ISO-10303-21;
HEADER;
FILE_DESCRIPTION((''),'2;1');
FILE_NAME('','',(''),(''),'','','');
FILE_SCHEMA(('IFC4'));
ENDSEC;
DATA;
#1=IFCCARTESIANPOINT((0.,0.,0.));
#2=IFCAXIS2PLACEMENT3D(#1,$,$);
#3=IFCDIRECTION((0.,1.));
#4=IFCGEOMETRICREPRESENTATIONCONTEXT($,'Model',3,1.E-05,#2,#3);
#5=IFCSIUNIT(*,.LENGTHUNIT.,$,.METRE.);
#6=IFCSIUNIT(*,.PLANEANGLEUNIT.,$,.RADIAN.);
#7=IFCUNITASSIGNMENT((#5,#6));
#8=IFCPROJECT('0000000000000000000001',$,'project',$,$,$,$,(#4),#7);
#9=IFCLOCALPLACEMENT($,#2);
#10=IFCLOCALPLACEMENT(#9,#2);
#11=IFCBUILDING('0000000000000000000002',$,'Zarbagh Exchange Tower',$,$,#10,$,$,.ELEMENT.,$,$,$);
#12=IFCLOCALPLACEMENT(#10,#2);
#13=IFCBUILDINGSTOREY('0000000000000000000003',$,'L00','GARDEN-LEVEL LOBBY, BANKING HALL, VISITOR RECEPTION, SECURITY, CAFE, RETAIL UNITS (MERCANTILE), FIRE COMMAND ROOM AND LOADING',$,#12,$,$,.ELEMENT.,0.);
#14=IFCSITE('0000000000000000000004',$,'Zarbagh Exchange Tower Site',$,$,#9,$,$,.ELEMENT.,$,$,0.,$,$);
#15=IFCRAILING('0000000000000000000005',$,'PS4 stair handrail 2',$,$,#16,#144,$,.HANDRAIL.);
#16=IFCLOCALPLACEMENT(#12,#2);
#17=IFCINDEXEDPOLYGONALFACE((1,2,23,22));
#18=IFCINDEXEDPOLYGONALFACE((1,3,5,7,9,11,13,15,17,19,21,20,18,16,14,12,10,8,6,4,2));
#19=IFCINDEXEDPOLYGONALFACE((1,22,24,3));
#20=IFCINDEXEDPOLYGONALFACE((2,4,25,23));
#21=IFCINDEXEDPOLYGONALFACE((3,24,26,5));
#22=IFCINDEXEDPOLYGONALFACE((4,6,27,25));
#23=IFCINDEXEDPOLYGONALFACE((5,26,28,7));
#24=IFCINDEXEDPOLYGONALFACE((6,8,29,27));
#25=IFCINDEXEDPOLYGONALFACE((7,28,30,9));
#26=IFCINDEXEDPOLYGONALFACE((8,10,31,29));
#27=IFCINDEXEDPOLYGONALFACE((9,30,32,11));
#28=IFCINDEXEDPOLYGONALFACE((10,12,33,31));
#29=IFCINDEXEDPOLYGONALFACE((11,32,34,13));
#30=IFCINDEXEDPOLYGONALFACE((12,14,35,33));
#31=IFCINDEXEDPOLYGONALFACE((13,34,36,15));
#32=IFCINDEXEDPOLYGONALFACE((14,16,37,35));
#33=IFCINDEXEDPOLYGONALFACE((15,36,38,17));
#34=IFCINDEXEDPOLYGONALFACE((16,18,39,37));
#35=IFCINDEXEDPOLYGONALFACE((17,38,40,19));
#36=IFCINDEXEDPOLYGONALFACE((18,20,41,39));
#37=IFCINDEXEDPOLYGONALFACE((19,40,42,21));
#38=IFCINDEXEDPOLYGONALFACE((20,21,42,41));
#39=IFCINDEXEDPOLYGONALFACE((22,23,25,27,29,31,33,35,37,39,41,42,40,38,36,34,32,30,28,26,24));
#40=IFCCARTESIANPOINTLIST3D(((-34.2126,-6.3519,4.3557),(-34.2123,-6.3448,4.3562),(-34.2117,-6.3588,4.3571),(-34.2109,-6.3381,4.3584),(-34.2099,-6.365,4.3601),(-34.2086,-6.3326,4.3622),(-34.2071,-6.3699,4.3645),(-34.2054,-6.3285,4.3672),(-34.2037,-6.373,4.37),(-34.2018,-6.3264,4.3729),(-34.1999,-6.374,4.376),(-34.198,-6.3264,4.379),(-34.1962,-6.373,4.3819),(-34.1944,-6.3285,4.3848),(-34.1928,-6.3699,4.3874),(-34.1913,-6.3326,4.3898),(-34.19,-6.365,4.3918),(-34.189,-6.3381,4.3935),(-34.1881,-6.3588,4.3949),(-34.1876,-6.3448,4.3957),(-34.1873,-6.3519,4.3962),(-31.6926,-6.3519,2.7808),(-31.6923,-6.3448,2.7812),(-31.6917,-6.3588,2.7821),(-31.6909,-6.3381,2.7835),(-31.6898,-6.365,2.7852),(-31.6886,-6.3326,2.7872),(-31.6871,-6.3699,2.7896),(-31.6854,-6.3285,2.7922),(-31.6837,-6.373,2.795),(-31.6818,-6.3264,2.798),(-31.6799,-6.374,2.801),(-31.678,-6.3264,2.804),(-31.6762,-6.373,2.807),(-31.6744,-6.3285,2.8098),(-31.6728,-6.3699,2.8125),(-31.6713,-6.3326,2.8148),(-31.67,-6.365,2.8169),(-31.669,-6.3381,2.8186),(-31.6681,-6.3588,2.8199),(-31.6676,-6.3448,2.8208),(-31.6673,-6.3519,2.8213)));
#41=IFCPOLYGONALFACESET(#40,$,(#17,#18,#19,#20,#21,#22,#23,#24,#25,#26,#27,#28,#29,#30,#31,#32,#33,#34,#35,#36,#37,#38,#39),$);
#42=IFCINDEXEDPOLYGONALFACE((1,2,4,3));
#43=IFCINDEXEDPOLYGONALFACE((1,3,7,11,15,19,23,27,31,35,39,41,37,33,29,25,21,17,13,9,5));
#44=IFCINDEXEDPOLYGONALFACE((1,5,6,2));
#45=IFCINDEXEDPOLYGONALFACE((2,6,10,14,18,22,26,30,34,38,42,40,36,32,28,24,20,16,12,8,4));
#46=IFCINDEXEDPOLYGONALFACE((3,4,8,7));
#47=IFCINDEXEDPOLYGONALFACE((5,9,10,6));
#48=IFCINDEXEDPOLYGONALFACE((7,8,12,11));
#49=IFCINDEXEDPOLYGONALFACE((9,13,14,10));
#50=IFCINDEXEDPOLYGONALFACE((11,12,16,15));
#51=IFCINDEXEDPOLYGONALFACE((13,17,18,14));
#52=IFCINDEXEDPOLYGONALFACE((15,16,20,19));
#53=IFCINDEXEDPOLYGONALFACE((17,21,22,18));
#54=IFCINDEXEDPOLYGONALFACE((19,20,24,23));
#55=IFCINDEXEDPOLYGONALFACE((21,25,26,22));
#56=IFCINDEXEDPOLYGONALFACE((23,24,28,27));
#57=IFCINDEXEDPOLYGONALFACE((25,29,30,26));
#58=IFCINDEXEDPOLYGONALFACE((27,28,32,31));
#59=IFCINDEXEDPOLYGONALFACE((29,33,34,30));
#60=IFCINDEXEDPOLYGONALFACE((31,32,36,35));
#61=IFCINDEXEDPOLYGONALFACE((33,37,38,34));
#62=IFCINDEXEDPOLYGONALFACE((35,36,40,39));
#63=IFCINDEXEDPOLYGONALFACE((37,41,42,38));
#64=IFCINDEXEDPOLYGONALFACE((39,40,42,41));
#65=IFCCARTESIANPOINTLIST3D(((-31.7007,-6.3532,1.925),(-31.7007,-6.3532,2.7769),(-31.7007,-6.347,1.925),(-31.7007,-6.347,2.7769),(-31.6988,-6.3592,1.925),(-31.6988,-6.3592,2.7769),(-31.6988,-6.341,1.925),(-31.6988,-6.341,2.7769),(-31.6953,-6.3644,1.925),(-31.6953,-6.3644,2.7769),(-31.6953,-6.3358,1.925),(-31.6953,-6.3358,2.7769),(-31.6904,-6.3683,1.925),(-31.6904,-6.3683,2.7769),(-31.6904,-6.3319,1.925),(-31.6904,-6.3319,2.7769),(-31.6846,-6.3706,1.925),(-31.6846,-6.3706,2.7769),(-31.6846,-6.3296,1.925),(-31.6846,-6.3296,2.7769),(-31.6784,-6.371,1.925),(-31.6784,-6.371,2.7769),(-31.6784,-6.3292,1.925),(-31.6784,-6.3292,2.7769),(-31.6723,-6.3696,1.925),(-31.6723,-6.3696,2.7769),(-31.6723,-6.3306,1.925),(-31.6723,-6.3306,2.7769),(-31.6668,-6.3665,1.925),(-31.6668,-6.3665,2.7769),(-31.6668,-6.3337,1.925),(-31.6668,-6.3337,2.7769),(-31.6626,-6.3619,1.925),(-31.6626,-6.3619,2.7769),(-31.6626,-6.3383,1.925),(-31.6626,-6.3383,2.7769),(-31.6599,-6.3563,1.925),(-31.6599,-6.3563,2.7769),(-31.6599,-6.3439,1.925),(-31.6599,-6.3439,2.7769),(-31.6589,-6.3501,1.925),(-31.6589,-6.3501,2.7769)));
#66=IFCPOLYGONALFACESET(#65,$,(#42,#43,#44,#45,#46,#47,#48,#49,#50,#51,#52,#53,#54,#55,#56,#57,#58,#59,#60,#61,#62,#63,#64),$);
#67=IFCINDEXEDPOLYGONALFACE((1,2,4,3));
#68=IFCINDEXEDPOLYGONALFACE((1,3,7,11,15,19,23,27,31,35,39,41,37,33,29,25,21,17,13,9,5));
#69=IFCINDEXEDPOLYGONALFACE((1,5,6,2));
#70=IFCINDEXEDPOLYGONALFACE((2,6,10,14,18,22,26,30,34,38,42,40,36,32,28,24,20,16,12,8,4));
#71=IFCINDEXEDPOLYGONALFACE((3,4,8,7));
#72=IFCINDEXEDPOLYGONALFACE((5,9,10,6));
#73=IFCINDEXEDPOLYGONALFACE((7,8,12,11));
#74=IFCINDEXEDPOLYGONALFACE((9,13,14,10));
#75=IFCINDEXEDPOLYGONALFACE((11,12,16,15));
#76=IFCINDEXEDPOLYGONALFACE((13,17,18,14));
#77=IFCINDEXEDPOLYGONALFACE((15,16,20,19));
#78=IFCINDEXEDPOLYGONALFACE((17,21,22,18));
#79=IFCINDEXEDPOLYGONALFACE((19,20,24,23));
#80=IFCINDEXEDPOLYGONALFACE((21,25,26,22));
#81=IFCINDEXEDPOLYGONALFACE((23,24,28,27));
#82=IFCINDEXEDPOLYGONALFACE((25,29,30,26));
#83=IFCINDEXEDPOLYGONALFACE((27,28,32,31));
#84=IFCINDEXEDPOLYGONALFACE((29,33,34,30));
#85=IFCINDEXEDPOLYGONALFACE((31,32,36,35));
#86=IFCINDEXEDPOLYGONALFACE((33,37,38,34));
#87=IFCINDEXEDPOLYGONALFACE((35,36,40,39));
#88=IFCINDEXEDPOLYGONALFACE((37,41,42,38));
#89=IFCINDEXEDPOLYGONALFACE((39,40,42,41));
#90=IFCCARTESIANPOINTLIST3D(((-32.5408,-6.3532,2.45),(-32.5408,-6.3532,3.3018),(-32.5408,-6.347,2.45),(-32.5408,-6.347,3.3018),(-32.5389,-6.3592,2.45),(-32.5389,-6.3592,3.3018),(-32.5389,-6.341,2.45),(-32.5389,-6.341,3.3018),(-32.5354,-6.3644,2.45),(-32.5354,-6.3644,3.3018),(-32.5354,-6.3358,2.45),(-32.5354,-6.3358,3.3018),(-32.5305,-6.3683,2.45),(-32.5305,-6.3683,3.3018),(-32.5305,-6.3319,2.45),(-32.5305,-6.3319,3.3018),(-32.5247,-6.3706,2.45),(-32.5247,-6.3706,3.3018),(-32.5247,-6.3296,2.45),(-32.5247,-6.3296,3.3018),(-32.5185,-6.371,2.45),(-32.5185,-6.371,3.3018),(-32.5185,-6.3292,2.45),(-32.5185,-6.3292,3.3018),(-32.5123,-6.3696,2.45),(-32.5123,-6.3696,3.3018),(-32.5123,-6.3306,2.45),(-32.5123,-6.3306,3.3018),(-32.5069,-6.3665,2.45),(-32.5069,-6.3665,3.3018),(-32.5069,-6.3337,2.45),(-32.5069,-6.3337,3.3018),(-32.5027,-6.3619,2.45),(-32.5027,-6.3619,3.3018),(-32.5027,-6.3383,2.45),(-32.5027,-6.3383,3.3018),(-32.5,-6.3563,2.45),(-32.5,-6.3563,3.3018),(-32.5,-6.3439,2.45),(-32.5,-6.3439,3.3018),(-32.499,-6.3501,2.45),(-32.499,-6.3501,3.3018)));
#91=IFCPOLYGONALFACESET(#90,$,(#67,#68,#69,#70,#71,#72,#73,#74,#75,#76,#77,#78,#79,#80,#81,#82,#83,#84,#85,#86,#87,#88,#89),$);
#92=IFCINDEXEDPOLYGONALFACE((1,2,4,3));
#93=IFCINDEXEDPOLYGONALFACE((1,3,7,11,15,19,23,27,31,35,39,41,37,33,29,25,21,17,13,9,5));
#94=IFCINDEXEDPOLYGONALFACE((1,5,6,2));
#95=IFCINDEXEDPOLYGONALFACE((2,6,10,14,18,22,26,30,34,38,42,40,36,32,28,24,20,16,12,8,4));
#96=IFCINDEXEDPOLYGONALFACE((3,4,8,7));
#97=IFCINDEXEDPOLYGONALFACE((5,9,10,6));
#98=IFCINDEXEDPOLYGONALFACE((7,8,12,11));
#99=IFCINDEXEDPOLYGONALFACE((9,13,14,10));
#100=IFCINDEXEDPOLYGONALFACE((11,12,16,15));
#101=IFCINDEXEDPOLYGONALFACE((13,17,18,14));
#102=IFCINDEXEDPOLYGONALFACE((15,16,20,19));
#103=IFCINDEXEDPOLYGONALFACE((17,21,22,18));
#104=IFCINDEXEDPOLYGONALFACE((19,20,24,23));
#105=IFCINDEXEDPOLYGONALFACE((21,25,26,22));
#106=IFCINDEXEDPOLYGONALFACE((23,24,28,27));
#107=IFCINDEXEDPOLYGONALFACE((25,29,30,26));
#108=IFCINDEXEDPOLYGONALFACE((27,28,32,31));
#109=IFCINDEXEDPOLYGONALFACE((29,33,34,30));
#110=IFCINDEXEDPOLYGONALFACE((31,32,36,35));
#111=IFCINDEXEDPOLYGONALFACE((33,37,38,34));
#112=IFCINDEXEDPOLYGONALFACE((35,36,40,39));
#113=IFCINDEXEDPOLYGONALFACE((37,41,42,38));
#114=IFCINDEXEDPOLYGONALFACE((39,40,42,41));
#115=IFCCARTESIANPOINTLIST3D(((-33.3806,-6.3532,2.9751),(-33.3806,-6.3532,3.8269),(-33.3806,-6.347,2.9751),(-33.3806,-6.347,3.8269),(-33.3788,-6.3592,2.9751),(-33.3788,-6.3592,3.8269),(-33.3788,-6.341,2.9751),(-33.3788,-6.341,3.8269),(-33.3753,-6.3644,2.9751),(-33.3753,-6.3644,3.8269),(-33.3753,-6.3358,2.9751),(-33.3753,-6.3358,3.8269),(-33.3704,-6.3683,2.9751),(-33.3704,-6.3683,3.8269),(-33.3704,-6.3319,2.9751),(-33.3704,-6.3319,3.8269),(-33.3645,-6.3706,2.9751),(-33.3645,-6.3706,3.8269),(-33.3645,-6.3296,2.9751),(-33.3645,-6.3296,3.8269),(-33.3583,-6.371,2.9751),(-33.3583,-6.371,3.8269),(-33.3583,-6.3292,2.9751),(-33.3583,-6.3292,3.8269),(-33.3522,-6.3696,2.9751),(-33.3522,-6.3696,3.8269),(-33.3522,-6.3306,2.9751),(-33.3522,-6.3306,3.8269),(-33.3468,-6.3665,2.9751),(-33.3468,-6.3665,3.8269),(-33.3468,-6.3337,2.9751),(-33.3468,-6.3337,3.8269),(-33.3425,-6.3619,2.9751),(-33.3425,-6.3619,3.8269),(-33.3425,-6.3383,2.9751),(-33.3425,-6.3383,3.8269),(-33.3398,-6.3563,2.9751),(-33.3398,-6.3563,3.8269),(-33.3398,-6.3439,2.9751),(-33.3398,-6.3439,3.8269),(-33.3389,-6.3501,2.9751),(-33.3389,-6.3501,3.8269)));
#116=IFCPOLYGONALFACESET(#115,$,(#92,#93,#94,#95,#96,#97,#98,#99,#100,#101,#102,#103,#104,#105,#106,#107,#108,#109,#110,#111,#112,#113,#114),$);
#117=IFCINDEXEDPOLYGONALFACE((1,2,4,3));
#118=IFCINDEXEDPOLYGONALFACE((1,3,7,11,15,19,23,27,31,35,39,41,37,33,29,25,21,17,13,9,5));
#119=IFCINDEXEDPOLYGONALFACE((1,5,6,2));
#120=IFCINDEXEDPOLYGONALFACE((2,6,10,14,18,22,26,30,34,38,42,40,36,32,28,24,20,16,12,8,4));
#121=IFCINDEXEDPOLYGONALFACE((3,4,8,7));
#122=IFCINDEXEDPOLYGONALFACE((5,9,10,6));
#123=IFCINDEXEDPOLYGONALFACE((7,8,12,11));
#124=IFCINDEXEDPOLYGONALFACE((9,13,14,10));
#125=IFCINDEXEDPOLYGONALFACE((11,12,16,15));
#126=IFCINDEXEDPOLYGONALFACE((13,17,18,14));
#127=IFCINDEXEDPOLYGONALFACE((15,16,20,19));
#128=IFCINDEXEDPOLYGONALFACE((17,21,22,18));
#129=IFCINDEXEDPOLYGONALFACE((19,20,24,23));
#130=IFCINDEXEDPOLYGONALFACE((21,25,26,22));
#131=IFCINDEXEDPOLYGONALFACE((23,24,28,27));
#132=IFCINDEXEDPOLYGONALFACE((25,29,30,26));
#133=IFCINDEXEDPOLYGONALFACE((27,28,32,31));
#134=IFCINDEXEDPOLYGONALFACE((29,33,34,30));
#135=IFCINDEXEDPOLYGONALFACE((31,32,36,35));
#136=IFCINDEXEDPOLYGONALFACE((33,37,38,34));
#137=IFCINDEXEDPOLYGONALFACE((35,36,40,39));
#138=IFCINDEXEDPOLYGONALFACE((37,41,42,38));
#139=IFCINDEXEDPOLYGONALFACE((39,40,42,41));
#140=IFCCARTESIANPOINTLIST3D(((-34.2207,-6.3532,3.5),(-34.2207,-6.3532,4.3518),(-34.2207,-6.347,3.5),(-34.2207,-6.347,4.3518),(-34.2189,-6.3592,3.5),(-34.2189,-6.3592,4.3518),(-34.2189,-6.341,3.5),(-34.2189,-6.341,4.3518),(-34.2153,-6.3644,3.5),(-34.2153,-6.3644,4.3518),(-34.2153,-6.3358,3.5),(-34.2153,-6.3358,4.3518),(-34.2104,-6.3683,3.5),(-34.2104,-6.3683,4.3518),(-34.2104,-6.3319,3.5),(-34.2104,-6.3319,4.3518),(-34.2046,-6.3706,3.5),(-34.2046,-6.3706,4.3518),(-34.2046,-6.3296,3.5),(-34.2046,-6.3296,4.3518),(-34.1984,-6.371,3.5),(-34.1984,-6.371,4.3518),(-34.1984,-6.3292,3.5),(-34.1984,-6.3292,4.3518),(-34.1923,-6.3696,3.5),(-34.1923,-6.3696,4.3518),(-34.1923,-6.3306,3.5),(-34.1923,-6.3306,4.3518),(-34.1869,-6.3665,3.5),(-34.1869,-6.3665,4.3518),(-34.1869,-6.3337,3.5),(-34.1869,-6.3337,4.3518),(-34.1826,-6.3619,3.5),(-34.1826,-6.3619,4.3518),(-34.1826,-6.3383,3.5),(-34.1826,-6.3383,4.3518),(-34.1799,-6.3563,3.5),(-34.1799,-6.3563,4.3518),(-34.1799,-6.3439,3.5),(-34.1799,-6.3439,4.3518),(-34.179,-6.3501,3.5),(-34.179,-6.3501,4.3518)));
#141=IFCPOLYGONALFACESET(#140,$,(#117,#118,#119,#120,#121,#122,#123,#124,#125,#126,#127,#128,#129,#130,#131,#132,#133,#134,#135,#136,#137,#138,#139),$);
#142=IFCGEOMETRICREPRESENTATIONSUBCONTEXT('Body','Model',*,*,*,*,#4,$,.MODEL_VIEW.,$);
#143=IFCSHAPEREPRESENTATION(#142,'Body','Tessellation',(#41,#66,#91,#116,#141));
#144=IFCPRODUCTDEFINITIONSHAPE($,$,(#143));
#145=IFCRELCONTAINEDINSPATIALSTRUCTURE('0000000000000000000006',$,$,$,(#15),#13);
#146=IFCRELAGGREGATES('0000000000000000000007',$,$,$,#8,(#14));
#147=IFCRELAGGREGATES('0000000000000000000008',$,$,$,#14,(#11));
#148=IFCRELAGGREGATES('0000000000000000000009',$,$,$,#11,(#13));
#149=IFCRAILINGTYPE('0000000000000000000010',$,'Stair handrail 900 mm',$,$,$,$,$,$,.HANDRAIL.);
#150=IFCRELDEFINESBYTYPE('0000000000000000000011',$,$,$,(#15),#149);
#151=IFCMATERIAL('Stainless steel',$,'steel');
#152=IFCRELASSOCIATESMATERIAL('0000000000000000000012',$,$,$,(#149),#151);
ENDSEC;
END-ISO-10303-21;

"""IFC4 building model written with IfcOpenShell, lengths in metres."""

from ifc_helpers import new_model, si_unit, direction, frame, origin, origin_2d, place, context, subcontext, project, spatial, circle, extrude, material, type_object, element, save


model = new_model("IFC4")

# Units and contexts
model_context = context("Model", 3, precision=1e-05, world=origin(), true_north=direction((0.0, 1.0)))
body_context = subcontext(model_context, "Body", "Model", "MODEL_VIEW")
ifc_project = project(units=[si_unit("LENGTHUNIT", "METRE"), si_unit("PLANEANGLEUNIT", "RADIAN")], contexts=[model_context])

# Site, building, storey
site_placement = place(None, origin())
site = spatial("IfcSite", under=ifc_project, at=site_placement, Name="Zarbagh Exchange Tower Site", CompositionType="ELEMENT", RefElevation=0.0)
building_placement = place(site_placement, origin())
building = spatial("IfcBuilding", under=site, at=building_placement, Name="Zarbagh Exchange Tower", CompositionType="ELEMENT")
storey_placement = place(building_placement, origin())
storey = spatial("IfcBuildingStorey", under=building, at=storey_placement, Name="L00", Description="GARDEN-LEVEL LOBBY, BANKING HALL, VISITOR RECEPTION, SECURITY, CAFE, RETAIL UNITS (MERCANTILE), FIRE COMMAND ROOM AND LOADING", CompositionType="ELEMENT", Elevation=0.0)

# Railing
ifc_material_1 = material(Name="Stainless steel", Category="steel")
railing_type_1 = type_object("IfcRailingType", Name="Stair handrail 900 mm", PredefinedType="HANDRAIL", material=ifc_material_1)
for number, where, name in (
    (1, (-31.6799, -6.3501, 1.925), "PS4 stair handrail 2"),
):
    element("IfcRailing", number, at=place(storey_placement, frame(where)), inside=storey, type_object=railing_type_1, Name=name, PredefinedType="HANDRAIL", context=body_context, shape_type="SweptSolid", body=[
        extrude(circle(Radius=0.0239, at=origin_2d()), frame((0.0, 0.0, 0.876), z_axis=(-0.848008, 0.0, 0.529984), x_axis=(0.0, -1.0, 0.0)), (0.0, 0.0, 1.0), 2.9717),
        extrude(circle(Radius=0.021, at=origin_2d()), origin(), (0.0, 0.0, 1.0), 0.8518),
        extrude(circle(Radius=0.021, at=origin_2d()), frame((-0.8401, 0.0, 0.5249)), (0.0, 0.0, 1.0), 0.8518),
        extrude(circle(Radius=0.021, at=origin_2d()), frame((-1.6799, 0.0, 1.05)), (0.0, 0.0, 1.0), 0.8518),
        extrude(circle(Radius=0.021, at=origin_2d()), frame((-2.52, 0.0, 1.575)), (0.0, 0.0, 1.0), 0.8518),
    ])

save(model, "model.ifc")
